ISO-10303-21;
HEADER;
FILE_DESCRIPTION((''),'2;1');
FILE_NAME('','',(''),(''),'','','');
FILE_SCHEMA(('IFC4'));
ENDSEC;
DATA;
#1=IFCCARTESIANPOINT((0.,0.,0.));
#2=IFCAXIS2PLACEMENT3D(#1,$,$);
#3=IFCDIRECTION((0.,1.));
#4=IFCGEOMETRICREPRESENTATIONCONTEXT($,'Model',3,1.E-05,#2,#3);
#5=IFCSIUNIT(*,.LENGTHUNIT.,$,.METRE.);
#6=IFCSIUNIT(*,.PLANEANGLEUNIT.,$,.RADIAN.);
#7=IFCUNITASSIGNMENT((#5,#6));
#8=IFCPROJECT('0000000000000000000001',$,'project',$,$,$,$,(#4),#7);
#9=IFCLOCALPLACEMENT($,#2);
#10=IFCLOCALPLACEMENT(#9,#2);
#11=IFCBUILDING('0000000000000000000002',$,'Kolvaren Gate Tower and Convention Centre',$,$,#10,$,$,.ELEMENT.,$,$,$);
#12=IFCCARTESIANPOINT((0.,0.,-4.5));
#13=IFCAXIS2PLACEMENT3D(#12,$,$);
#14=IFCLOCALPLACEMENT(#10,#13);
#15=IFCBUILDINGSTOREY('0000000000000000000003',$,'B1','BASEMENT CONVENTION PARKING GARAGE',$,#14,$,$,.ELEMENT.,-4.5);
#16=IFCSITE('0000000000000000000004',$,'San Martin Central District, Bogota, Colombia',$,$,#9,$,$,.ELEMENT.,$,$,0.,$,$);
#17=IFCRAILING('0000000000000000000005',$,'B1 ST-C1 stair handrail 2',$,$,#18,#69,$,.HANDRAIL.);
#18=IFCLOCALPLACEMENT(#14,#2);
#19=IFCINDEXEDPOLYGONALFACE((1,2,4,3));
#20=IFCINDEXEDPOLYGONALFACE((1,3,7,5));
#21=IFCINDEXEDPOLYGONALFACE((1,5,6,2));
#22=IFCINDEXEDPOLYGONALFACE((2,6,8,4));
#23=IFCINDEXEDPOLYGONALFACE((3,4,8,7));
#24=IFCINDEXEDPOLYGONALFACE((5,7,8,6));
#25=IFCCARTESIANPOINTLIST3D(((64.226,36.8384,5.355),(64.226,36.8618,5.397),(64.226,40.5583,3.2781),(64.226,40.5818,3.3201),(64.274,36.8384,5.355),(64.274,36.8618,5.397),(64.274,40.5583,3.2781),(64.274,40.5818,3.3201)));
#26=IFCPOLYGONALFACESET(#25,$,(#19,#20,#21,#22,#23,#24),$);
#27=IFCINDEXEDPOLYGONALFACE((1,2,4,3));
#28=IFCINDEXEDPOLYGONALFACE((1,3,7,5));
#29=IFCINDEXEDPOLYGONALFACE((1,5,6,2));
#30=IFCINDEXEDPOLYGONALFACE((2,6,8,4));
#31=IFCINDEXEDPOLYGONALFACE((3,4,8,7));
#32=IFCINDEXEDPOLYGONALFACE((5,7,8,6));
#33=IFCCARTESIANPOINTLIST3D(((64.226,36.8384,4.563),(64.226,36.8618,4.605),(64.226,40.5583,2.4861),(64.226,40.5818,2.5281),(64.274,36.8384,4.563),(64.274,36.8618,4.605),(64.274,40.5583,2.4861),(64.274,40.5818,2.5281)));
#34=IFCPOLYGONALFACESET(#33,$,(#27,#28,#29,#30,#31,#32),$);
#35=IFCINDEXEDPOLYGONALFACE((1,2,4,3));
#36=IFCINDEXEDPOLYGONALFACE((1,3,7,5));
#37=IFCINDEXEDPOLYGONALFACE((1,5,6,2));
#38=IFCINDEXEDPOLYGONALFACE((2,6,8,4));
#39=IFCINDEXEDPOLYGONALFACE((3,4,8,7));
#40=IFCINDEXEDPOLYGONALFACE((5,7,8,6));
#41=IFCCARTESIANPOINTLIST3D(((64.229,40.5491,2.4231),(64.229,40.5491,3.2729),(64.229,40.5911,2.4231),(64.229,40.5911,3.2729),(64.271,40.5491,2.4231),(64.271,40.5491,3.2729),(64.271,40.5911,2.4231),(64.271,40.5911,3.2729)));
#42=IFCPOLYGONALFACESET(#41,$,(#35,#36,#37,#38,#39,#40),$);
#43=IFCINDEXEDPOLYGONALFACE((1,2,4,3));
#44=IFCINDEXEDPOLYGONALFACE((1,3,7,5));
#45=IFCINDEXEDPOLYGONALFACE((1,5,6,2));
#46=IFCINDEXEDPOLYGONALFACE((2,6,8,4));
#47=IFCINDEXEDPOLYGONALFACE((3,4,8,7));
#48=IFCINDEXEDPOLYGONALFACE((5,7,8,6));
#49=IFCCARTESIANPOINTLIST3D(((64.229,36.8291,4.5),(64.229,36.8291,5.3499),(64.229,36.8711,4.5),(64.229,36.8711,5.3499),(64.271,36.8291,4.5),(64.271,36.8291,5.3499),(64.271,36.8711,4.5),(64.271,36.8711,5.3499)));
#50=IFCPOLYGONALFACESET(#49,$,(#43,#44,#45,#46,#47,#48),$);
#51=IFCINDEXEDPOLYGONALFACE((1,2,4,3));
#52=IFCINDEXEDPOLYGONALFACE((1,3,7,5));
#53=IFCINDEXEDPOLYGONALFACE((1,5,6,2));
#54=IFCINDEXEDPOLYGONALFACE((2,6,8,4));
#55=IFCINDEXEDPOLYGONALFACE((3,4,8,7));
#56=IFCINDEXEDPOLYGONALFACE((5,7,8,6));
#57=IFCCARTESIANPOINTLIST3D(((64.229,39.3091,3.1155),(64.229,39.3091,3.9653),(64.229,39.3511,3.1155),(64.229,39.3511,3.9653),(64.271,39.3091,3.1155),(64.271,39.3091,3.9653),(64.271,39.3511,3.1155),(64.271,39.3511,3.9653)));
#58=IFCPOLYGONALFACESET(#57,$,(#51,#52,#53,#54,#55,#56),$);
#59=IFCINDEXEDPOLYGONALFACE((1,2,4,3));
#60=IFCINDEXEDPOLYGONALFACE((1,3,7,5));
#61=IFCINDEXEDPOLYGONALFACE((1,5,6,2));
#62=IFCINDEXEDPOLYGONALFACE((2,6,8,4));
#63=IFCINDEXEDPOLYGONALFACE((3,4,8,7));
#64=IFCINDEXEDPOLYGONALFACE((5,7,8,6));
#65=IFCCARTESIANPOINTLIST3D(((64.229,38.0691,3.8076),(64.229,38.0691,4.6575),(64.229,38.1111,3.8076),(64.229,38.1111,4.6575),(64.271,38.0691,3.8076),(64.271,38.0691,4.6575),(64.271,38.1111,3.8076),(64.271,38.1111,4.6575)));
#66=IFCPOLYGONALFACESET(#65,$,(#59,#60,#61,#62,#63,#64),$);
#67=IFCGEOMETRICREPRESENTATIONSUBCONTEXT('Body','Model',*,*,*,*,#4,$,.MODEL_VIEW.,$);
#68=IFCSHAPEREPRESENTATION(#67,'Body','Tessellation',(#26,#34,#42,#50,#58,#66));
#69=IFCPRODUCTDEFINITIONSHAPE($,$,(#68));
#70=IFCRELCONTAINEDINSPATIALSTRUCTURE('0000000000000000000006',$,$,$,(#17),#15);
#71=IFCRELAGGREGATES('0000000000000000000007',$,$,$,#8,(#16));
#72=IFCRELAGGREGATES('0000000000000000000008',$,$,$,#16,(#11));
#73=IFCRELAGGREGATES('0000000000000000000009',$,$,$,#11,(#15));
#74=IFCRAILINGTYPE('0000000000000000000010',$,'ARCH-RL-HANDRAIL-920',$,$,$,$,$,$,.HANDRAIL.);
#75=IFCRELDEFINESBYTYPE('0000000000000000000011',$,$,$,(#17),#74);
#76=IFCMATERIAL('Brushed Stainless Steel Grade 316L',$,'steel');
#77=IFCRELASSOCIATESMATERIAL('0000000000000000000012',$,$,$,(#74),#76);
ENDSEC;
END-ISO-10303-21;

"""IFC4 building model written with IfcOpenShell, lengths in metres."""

from ifc_helpers import new_model, si_unit, direction, frame, origin, origin_2d, place, context, subcontext, project, spatial, rectangle, extrude, material, type_object, element, save


model = new_model("IFC4")

# Units and contexts
model_context = context("Model", 3, precision=1e-05, world=origin(), true_north=direction((0.0, 1.0)))
body_context = subcontext(model_context, "Body", "Model", "MODEL_VIEW")
ifc_project = project(units=[si_unit("LENGTHUNIT", "METRE"), si_unit("PLANEANGLEUNIT", "RADIAN")], contexts=[model_context])

# Site, building, storey
site_placement = place(None, origin())
site = spatial("IfcSite", under=ifc_project, at=site_placement, Name="San Martin Central District, Bogota, Colombia", CompositionType="ELEMENT", RefElevation=0.0)
building_placement = place(site_placement, origin())
building = spatial("IfcBuilding", under=site, at=building_placement, Name="Kolvaren Gate Tower and Convention Centre", CompositionType="ELEMENT")
storey_placement = place(building_placement, frame((0.0, 0.0, -4.5)))
storey = spatial("IfcBuildingStorey", under=building, at=storey_placement, Name="B1", Description="BASEMENT CONVENTION PARKING GARAGE", CompositionType="ELEMENT", Elevation=-4.5)

# Shared definitions
ifc_material_1 = material(Name="Brushed Stainless Steel Grade 316L", Category="steel")

# Railing
railing_type_1 = type_object("IfcRailingType", Name="ARCH-RL-HANDRAIL-920", PredefinedType="HANDRAIL", material=ifc_material_1)
railing_1_placement = place(storey_placement, frame((64.25, 40.5701, 2.4231)))
element("IfcRailing", 1, at=railing_1_placement, inside=storey, type_object=railing_type_1, Name="B1 ST-C1 stair handrail 2", PredefinedType="HANDRAIL", context=body_context, shape_type="SweptSolid", body=[
    extrude(rectangle(XDim=0.0481, YDim=0.0481, at=origin_2d()), frame((0.0, 0.0, 0.876), z_axis=(0.0, -0.873134, 0.487481), x_axis=(1.0, 0.0, 0.0)), (0.0, 0.0, 1.0), 4.2605),
    extrude(rectangle(XDim=0.0481, YDim=0.0481, at=origin_2d()), frame((0.0, 0.0, 0.084), z_axis=(0.0, -0.873134, 0.487481), x_axis=(1.0, 0.0, 0.0)), (0.0, 0.0, 1.0), 4.2605),
    extrude(rectangle(XDim=0.042, YDim=0.042, at=origin_2d()), origin(), (0.0, 0.0, 1.0), 0.8499),
    extrude(rectangle(XDim=0.042, YDim=0.042, at=origin_2d()), frame((0.0, -3.72, 2.0769)), (0.0, 0.0, 1.0), 0.8499),
    extrude(rectangle(XDim=0.042, YDim=0.042, at=origin_2d()), frame((0.0, -1.24, 0.6924)), (0.0, 0.0, 1.0), 0.8499),
    extrude(rectangle(XDim=0.042, YDim=0.042, at=origin_2d()), frame((0.0, -2.48, 1.3845)), (0.0, 0.0, 1.0), 0.8499),
])

save(model, "model.ifc")
